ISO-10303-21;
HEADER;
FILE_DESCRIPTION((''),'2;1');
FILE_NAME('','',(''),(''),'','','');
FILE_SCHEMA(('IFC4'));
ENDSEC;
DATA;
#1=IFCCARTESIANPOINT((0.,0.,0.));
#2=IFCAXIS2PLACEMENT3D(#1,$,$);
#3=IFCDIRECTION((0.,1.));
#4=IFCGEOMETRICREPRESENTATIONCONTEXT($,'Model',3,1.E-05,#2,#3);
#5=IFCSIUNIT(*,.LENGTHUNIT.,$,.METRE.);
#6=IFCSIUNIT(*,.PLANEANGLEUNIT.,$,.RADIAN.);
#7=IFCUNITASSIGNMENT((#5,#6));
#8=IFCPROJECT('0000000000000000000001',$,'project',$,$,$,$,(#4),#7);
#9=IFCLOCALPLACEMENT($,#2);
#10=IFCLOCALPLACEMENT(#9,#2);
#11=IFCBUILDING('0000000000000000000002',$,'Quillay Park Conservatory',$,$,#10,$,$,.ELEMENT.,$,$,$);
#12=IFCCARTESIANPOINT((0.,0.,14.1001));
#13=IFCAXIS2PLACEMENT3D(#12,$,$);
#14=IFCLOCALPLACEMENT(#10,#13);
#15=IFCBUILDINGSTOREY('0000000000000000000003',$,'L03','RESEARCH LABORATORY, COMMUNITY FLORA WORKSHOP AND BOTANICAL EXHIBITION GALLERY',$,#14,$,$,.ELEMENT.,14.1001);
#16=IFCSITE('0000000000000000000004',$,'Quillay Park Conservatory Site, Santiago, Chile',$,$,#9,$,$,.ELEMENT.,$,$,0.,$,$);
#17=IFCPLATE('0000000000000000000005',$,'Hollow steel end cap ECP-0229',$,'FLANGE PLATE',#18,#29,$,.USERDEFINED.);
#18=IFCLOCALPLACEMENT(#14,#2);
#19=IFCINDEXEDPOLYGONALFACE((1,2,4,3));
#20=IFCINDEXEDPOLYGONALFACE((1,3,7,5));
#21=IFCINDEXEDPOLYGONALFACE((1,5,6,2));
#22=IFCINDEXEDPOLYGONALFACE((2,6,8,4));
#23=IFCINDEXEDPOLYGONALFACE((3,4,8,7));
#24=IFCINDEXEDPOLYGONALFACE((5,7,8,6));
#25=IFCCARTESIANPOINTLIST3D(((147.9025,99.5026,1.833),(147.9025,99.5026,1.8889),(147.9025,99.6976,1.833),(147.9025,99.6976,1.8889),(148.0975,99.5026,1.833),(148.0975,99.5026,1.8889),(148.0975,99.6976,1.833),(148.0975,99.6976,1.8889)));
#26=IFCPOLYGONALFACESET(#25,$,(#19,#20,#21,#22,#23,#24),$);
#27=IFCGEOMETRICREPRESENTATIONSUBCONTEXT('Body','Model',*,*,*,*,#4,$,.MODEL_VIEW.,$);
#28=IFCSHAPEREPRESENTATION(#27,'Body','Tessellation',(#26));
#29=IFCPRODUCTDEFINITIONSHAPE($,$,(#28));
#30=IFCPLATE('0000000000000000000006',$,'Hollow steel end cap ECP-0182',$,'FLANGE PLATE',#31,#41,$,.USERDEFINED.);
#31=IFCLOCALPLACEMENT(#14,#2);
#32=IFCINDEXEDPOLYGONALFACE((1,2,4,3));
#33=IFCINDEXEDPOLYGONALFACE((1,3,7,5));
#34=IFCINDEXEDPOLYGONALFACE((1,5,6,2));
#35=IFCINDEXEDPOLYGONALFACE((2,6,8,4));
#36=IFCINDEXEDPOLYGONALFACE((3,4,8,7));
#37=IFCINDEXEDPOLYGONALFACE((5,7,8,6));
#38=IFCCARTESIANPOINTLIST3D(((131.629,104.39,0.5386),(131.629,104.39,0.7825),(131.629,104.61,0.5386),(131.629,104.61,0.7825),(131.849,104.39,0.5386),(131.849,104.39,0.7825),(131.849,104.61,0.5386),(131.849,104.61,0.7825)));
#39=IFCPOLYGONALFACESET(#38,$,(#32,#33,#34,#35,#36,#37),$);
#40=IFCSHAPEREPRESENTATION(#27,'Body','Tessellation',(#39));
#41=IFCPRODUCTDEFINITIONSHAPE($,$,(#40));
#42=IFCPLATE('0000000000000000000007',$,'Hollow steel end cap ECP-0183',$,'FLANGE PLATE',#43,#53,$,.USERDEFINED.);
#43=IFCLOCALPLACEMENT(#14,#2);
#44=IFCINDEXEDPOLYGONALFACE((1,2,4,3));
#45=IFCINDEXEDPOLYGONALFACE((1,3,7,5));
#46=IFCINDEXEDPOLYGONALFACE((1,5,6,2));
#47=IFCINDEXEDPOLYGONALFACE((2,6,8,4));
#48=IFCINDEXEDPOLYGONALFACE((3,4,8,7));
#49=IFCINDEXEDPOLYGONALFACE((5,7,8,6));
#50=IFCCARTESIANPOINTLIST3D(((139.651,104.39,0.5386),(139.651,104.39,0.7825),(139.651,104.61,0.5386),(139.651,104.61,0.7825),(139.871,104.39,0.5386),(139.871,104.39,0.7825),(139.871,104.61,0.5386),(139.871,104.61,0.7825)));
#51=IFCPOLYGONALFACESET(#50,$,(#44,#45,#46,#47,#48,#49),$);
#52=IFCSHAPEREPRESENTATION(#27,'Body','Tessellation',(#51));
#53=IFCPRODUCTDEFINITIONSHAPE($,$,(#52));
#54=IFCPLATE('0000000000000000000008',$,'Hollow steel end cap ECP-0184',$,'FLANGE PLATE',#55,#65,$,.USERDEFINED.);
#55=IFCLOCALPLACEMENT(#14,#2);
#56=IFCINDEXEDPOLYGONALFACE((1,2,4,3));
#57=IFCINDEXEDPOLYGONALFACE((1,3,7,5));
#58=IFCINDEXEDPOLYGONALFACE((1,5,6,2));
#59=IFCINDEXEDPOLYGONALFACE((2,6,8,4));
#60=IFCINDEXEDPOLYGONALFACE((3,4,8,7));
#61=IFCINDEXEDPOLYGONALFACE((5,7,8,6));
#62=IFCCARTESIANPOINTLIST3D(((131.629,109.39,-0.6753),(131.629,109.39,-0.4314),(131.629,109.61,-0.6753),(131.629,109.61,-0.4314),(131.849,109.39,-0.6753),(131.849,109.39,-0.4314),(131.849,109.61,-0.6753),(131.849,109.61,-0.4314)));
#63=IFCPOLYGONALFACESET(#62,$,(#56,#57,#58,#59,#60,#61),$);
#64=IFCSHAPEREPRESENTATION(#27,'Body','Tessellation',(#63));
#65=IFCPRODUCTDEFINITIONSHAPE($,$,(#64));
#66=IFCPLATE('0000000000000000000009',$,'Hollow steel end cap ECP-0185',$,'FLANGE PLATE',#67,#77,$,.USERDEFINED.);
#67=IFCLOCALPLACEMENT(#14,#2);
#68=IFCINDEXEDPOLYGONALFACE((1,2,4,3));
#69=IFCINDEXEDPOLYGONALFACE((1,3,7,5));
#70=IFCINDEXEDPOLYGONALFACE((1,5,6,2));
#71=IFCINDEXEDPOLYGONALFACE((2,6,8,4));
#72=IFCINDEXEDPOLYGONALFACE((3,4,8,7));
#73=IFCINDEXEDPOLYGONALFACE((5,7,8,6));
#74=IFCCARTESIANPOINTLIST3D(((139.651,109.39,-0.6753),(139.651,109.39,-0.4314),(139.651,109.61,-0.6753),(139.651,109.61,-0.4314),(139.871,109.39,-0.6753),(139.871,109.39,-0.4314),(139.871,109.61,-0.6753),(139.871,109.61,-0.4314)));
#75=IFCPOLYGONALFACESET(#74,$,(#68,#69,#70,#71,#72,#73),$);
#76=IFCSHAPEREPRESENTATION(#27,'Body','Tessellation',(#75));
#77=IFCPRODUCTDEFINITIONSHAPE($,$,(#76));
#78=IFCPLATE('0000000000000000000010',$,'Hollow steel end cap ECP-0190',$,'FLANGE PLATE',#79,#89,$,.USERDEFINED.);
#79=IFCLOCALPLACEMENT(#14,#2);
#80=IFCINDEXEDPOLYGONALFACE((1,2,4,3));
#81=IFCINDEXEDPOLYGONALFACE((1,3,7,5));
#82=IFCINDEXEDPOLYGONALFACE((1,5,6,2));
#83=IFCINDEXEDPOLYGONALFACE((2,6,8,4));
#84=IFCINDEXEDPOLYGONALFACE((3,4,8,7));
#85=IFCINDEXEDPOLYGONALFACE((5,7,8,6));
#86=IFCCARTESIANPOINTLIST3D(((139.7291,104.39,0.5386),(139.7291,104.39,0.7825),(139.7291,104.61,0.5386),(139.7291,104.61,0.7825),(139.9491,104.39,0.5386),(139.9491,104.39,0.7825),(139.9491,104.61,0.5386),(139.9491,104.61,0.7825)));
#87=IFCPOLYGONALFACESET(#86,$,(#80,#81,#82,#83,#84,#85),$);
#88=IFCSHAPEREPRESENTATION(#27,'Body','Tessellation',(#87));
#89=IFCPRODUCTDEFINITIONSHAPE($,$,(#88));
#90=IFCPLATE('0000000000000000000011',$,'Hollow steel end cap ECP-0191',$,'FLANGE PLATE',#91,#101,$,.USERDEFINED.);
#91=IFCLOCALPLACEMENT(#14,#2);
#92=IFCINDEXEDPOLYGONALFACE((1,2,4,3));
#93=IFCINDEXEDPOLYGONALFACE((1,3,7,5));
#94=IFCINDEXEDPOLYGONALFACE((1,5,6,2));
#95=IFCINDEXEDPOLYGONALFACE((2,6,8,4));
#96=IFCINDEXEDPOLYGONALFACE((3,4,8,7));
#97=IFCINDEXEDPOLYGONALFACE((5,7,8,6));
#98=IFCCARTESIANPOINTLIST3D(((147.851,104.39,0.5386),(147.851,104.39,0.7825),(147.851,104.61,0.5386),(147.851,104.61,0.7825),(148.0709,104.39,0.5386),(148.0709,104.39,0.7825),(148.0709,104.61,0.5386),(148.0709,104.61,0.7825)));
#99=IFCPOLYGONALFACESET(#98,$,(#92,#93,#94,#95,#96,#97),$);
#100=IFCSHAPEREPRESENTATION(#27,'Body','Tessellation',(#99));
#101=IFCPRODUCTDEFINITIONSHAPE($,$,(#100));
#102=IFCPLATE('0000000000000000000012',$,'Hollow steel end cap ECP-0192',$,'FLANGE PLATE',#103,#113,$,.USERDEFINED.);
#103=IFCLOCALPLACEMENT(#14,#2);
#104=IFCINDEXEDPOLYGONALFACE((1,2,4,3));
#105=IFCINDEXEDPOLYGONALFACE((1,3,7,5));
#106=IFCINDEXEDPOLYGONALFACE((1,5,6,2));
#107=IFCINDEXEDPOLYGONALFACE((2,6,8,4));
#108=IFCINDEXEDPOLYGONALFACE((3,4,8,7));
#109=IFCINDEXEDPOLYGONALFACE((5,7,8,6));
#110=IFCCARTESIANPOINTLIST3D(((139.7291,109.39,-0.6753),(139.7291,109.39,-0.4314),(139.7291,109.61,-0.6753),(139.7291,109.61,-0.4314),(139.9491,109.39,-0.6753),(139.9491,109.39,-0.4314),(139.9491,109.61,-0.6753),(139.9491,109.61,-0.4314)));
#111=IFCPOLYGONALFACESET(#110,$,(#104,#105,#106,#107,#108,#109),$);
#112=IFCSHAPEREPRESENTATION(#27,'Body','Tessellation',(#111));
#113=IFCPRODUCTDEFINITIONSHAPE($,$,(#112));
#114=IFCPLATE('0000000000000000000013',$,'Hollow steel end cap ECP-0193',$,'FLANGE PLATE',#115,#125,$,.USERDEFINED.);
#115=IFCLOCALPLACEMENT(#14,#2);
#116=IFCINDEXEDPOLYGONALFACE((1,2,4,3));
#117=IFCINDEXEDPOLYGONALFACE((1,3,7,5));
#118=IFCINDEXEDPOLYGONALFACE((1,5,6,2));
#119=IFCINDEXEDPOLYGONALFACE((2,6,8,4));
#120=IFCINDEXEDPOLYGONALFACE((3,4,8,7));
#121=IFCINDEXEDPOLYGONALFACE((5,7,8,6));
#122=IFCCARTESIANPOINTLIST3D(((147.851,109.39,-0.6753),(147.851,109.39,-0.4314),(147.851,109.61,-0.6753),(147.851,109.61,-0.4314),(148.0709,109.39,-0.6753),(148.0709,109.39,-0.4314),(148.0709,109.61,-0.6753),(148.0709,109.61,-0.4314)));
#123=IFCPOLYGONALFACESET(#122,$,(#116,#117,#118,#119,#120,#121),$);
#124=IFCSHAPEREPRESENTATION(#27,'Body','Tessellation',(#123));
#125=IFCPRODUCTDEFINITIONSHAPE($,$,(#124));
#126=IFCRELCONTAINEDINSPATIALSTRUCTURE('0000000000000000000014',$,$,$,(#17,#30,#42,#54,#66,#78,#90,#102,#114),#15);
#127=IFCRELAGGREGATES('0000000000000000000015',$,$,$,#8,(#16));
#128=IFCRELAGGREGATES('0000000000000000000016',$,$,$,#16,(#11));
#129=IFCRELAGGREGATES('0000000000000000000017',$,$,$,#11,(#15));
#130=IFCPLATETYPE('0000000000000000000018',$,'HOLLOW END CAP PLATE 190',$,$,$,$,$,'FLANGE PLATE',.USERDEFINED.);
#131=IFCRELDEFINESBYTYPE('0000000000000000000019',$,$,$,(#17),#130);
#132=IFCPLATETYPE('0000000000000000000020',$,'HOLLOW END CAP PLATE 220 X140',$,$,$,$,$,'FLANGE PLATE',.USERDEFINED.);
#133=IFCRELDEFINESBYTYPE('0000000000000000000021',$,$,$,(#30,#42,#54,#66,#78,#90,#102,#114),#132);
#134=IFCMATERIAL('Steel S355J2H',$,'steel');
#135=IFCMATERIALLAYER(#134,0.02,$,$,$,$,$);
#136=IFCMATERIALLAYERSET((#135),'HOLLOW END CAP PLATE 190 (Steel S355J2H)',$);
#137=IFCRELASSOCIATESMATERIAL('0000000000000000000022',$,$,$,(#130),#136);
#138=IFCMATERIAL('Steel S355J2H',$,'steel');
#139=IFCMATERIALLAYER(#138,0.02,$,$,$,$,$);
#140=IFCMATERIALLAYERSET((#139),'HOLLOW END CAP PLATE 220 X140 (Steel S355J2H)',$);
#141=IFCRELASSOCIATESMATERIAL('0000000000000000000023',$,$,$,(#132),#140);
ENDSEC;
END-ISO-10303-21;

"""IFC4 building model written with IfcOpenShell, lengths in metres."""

from ifc_helpers import new_model, si_unit, direction, frame, origin, origin_2d, place, context, subcontext, project, spatial, rectangle, extrude, material, layer, layer_set, type_object, element, save


model = new_model("IFC4")

# Units and contexts
model_context = context("Model", 3, precision=1e-05, world=origin(), true_north=direction((0.0, 1.0)))
body_context = subcontext(model_context, "Body", "Model", "MODEL_VIEW")
ifc_project = project(units=[si_unit("LENGTHUNIT", "METRE"), si_unit("PLANEANGLEUNIT", "RADIAN")], contexts=[model_context])

# Site, building, storey
site_placement = place(None, origin())
site = spatial("IfcSite", under=ifc_project, at=site_placement, Name="Quillay Park Conservatory Site, Santiago, Chile", CompositionType="ELEMENT", RefElevation=0.0)
building_placement = place(site_placement, origin())
building = spatial("IfcBuilding", under=site, at=building_placement, Name="Quillay Park Conservatory", CompositionType="ELEMENT")
storey_placement = place(building_placement, frame((0.0, 0.0, 14.1001)))
storey = spatial("IfcBuildingStorey", under=building, at=storey_placement, Name="L03", Description="RESEARCH LABORATORY, COMMUNITY FLORA WORKSHOP AND BOTANICAL EXHIBITION GALLERY", CompositionType="ELEMENT", Elevation=14.1001)

# Plates
ifc_material_1 = material(Name="Steel S355J2H", Category="steel")
ifc_layer_1 = layer(ifc_material_1, 0.02)
ifc_layer_set_1 = layer_set([ifc_layer_1], Name="HOLLOW END CAP PLATE 190 (Steel S355J2H)")
plate_type_1 = type_object("IfcPlateType", Name="HOLLOW END CAP PLATE 190", ElementType="FLANGE PLATE", PredefinedType="USERDEFINED", material=ifc_layer_set_1)
plate_1_placement = place(storey_placement, frame((148.0, 99.6001, 1.833), z_axis=(0.0, 0.0, 1.0), x_axis=(1.0, 0.0, 0.0)))
element("IfcPlate", 1, at=plate_1_placement, inside=storey, type_object=plate_type_1, Name="Hollow steel end cap ECP-0229", ObjectType="FLANGE PLATE", PredefinedType="USERDEFINED", context=body_context, shape_type="SweptSolid", body=[
    extrude(rectangle(XDim=0.1951, YDim=0.1951, at=origin_2d()), origin(), (0.0, 0.0, 1.0), 0.0559),
])
ifc_material_2 = material(Name="Steel S355J2H", Category="steel")
ifc_layer_2 = layer(ifc_material_2, 0.02)
ifc_layer_set_2 = layer_set([ifc_layer_2], Name="HOLLOW END CAP PLATE 220 X140 (Steel S355J2H)")
plate_type_2 = type_object("IfcPlateType", Name="HOLLOW END CAP PLATE 220 X140", ElementType="FLANGE PLATE", PredefinedType="USERDEFINED", material=ifc_layer_set_2)
for number, where, z_axis, x_axis, name in (
    (2, (131.739, 104.5, 0.5386), (0.0, 0.0, 1.0), (1.0, 0.0, 0.0), "Hollow steel end cap ECP-0182"),
    (3, (139.761, 104.5, 0.5386), (0.0, 0.0, 1.0), (1.0, 0.0, 0.0), "Hollow steel end cap ECP-0183"),
    (4, (131.739, 109.5, -0.6753), (0.0, 0.0, 1.0), (1.0, 0.0, 0.0), "Hollow steel end cap ECP-0184"),
    (5, (139.761, 109.5, -0.6753), (0.0, 0.0, 1.0), (1.0, 0.0, 0.0), "Hollow steel end cap ECP-0185"),
    (6, (139.8391, 104.5, 0.5386), (0.0, 0.0, 1.0), (1.0, 0.0, 0.0), "Hollow steel end cap ECP-0190"),
    (7, (147.9609, 104.5, 0.5386), (0.0, 0.0, 1.0), (1.0, 0.0, 0.0), "Hollow steel end cap ECP-0191"),
    (8, (139.8391, 109.5, -0.6753), (0.0, 0.0, 1.0), (1.0, 0.0, 0.0), "Hollow steel end cap ECP-0192"),
    (9, (147.9609, 109.5, -0.6753), (0.0, 0.0, 1.0), (1.0, 0.0, 0.0), "Hollow steel end cap ECP-0193"),
):
    element("IfcPlate", number, at=place(storey_placement, frame(where, z_axis=z_axis, x_axis=x_axis)), inside=storey, type_object=plate_type_2, Name=name, ObjectType="FLANGE PLATE", PredefinedType="USERDEFINED", context=body_context, shape_type="SweptSolid", body=[
        extrude(rectangle(XDim=0.22, YDim=0.22, at=origin_2d()), origin(), (0.0, 0.0, 1.0), 0.2439),
    ])

save(model, "model.ifc")
